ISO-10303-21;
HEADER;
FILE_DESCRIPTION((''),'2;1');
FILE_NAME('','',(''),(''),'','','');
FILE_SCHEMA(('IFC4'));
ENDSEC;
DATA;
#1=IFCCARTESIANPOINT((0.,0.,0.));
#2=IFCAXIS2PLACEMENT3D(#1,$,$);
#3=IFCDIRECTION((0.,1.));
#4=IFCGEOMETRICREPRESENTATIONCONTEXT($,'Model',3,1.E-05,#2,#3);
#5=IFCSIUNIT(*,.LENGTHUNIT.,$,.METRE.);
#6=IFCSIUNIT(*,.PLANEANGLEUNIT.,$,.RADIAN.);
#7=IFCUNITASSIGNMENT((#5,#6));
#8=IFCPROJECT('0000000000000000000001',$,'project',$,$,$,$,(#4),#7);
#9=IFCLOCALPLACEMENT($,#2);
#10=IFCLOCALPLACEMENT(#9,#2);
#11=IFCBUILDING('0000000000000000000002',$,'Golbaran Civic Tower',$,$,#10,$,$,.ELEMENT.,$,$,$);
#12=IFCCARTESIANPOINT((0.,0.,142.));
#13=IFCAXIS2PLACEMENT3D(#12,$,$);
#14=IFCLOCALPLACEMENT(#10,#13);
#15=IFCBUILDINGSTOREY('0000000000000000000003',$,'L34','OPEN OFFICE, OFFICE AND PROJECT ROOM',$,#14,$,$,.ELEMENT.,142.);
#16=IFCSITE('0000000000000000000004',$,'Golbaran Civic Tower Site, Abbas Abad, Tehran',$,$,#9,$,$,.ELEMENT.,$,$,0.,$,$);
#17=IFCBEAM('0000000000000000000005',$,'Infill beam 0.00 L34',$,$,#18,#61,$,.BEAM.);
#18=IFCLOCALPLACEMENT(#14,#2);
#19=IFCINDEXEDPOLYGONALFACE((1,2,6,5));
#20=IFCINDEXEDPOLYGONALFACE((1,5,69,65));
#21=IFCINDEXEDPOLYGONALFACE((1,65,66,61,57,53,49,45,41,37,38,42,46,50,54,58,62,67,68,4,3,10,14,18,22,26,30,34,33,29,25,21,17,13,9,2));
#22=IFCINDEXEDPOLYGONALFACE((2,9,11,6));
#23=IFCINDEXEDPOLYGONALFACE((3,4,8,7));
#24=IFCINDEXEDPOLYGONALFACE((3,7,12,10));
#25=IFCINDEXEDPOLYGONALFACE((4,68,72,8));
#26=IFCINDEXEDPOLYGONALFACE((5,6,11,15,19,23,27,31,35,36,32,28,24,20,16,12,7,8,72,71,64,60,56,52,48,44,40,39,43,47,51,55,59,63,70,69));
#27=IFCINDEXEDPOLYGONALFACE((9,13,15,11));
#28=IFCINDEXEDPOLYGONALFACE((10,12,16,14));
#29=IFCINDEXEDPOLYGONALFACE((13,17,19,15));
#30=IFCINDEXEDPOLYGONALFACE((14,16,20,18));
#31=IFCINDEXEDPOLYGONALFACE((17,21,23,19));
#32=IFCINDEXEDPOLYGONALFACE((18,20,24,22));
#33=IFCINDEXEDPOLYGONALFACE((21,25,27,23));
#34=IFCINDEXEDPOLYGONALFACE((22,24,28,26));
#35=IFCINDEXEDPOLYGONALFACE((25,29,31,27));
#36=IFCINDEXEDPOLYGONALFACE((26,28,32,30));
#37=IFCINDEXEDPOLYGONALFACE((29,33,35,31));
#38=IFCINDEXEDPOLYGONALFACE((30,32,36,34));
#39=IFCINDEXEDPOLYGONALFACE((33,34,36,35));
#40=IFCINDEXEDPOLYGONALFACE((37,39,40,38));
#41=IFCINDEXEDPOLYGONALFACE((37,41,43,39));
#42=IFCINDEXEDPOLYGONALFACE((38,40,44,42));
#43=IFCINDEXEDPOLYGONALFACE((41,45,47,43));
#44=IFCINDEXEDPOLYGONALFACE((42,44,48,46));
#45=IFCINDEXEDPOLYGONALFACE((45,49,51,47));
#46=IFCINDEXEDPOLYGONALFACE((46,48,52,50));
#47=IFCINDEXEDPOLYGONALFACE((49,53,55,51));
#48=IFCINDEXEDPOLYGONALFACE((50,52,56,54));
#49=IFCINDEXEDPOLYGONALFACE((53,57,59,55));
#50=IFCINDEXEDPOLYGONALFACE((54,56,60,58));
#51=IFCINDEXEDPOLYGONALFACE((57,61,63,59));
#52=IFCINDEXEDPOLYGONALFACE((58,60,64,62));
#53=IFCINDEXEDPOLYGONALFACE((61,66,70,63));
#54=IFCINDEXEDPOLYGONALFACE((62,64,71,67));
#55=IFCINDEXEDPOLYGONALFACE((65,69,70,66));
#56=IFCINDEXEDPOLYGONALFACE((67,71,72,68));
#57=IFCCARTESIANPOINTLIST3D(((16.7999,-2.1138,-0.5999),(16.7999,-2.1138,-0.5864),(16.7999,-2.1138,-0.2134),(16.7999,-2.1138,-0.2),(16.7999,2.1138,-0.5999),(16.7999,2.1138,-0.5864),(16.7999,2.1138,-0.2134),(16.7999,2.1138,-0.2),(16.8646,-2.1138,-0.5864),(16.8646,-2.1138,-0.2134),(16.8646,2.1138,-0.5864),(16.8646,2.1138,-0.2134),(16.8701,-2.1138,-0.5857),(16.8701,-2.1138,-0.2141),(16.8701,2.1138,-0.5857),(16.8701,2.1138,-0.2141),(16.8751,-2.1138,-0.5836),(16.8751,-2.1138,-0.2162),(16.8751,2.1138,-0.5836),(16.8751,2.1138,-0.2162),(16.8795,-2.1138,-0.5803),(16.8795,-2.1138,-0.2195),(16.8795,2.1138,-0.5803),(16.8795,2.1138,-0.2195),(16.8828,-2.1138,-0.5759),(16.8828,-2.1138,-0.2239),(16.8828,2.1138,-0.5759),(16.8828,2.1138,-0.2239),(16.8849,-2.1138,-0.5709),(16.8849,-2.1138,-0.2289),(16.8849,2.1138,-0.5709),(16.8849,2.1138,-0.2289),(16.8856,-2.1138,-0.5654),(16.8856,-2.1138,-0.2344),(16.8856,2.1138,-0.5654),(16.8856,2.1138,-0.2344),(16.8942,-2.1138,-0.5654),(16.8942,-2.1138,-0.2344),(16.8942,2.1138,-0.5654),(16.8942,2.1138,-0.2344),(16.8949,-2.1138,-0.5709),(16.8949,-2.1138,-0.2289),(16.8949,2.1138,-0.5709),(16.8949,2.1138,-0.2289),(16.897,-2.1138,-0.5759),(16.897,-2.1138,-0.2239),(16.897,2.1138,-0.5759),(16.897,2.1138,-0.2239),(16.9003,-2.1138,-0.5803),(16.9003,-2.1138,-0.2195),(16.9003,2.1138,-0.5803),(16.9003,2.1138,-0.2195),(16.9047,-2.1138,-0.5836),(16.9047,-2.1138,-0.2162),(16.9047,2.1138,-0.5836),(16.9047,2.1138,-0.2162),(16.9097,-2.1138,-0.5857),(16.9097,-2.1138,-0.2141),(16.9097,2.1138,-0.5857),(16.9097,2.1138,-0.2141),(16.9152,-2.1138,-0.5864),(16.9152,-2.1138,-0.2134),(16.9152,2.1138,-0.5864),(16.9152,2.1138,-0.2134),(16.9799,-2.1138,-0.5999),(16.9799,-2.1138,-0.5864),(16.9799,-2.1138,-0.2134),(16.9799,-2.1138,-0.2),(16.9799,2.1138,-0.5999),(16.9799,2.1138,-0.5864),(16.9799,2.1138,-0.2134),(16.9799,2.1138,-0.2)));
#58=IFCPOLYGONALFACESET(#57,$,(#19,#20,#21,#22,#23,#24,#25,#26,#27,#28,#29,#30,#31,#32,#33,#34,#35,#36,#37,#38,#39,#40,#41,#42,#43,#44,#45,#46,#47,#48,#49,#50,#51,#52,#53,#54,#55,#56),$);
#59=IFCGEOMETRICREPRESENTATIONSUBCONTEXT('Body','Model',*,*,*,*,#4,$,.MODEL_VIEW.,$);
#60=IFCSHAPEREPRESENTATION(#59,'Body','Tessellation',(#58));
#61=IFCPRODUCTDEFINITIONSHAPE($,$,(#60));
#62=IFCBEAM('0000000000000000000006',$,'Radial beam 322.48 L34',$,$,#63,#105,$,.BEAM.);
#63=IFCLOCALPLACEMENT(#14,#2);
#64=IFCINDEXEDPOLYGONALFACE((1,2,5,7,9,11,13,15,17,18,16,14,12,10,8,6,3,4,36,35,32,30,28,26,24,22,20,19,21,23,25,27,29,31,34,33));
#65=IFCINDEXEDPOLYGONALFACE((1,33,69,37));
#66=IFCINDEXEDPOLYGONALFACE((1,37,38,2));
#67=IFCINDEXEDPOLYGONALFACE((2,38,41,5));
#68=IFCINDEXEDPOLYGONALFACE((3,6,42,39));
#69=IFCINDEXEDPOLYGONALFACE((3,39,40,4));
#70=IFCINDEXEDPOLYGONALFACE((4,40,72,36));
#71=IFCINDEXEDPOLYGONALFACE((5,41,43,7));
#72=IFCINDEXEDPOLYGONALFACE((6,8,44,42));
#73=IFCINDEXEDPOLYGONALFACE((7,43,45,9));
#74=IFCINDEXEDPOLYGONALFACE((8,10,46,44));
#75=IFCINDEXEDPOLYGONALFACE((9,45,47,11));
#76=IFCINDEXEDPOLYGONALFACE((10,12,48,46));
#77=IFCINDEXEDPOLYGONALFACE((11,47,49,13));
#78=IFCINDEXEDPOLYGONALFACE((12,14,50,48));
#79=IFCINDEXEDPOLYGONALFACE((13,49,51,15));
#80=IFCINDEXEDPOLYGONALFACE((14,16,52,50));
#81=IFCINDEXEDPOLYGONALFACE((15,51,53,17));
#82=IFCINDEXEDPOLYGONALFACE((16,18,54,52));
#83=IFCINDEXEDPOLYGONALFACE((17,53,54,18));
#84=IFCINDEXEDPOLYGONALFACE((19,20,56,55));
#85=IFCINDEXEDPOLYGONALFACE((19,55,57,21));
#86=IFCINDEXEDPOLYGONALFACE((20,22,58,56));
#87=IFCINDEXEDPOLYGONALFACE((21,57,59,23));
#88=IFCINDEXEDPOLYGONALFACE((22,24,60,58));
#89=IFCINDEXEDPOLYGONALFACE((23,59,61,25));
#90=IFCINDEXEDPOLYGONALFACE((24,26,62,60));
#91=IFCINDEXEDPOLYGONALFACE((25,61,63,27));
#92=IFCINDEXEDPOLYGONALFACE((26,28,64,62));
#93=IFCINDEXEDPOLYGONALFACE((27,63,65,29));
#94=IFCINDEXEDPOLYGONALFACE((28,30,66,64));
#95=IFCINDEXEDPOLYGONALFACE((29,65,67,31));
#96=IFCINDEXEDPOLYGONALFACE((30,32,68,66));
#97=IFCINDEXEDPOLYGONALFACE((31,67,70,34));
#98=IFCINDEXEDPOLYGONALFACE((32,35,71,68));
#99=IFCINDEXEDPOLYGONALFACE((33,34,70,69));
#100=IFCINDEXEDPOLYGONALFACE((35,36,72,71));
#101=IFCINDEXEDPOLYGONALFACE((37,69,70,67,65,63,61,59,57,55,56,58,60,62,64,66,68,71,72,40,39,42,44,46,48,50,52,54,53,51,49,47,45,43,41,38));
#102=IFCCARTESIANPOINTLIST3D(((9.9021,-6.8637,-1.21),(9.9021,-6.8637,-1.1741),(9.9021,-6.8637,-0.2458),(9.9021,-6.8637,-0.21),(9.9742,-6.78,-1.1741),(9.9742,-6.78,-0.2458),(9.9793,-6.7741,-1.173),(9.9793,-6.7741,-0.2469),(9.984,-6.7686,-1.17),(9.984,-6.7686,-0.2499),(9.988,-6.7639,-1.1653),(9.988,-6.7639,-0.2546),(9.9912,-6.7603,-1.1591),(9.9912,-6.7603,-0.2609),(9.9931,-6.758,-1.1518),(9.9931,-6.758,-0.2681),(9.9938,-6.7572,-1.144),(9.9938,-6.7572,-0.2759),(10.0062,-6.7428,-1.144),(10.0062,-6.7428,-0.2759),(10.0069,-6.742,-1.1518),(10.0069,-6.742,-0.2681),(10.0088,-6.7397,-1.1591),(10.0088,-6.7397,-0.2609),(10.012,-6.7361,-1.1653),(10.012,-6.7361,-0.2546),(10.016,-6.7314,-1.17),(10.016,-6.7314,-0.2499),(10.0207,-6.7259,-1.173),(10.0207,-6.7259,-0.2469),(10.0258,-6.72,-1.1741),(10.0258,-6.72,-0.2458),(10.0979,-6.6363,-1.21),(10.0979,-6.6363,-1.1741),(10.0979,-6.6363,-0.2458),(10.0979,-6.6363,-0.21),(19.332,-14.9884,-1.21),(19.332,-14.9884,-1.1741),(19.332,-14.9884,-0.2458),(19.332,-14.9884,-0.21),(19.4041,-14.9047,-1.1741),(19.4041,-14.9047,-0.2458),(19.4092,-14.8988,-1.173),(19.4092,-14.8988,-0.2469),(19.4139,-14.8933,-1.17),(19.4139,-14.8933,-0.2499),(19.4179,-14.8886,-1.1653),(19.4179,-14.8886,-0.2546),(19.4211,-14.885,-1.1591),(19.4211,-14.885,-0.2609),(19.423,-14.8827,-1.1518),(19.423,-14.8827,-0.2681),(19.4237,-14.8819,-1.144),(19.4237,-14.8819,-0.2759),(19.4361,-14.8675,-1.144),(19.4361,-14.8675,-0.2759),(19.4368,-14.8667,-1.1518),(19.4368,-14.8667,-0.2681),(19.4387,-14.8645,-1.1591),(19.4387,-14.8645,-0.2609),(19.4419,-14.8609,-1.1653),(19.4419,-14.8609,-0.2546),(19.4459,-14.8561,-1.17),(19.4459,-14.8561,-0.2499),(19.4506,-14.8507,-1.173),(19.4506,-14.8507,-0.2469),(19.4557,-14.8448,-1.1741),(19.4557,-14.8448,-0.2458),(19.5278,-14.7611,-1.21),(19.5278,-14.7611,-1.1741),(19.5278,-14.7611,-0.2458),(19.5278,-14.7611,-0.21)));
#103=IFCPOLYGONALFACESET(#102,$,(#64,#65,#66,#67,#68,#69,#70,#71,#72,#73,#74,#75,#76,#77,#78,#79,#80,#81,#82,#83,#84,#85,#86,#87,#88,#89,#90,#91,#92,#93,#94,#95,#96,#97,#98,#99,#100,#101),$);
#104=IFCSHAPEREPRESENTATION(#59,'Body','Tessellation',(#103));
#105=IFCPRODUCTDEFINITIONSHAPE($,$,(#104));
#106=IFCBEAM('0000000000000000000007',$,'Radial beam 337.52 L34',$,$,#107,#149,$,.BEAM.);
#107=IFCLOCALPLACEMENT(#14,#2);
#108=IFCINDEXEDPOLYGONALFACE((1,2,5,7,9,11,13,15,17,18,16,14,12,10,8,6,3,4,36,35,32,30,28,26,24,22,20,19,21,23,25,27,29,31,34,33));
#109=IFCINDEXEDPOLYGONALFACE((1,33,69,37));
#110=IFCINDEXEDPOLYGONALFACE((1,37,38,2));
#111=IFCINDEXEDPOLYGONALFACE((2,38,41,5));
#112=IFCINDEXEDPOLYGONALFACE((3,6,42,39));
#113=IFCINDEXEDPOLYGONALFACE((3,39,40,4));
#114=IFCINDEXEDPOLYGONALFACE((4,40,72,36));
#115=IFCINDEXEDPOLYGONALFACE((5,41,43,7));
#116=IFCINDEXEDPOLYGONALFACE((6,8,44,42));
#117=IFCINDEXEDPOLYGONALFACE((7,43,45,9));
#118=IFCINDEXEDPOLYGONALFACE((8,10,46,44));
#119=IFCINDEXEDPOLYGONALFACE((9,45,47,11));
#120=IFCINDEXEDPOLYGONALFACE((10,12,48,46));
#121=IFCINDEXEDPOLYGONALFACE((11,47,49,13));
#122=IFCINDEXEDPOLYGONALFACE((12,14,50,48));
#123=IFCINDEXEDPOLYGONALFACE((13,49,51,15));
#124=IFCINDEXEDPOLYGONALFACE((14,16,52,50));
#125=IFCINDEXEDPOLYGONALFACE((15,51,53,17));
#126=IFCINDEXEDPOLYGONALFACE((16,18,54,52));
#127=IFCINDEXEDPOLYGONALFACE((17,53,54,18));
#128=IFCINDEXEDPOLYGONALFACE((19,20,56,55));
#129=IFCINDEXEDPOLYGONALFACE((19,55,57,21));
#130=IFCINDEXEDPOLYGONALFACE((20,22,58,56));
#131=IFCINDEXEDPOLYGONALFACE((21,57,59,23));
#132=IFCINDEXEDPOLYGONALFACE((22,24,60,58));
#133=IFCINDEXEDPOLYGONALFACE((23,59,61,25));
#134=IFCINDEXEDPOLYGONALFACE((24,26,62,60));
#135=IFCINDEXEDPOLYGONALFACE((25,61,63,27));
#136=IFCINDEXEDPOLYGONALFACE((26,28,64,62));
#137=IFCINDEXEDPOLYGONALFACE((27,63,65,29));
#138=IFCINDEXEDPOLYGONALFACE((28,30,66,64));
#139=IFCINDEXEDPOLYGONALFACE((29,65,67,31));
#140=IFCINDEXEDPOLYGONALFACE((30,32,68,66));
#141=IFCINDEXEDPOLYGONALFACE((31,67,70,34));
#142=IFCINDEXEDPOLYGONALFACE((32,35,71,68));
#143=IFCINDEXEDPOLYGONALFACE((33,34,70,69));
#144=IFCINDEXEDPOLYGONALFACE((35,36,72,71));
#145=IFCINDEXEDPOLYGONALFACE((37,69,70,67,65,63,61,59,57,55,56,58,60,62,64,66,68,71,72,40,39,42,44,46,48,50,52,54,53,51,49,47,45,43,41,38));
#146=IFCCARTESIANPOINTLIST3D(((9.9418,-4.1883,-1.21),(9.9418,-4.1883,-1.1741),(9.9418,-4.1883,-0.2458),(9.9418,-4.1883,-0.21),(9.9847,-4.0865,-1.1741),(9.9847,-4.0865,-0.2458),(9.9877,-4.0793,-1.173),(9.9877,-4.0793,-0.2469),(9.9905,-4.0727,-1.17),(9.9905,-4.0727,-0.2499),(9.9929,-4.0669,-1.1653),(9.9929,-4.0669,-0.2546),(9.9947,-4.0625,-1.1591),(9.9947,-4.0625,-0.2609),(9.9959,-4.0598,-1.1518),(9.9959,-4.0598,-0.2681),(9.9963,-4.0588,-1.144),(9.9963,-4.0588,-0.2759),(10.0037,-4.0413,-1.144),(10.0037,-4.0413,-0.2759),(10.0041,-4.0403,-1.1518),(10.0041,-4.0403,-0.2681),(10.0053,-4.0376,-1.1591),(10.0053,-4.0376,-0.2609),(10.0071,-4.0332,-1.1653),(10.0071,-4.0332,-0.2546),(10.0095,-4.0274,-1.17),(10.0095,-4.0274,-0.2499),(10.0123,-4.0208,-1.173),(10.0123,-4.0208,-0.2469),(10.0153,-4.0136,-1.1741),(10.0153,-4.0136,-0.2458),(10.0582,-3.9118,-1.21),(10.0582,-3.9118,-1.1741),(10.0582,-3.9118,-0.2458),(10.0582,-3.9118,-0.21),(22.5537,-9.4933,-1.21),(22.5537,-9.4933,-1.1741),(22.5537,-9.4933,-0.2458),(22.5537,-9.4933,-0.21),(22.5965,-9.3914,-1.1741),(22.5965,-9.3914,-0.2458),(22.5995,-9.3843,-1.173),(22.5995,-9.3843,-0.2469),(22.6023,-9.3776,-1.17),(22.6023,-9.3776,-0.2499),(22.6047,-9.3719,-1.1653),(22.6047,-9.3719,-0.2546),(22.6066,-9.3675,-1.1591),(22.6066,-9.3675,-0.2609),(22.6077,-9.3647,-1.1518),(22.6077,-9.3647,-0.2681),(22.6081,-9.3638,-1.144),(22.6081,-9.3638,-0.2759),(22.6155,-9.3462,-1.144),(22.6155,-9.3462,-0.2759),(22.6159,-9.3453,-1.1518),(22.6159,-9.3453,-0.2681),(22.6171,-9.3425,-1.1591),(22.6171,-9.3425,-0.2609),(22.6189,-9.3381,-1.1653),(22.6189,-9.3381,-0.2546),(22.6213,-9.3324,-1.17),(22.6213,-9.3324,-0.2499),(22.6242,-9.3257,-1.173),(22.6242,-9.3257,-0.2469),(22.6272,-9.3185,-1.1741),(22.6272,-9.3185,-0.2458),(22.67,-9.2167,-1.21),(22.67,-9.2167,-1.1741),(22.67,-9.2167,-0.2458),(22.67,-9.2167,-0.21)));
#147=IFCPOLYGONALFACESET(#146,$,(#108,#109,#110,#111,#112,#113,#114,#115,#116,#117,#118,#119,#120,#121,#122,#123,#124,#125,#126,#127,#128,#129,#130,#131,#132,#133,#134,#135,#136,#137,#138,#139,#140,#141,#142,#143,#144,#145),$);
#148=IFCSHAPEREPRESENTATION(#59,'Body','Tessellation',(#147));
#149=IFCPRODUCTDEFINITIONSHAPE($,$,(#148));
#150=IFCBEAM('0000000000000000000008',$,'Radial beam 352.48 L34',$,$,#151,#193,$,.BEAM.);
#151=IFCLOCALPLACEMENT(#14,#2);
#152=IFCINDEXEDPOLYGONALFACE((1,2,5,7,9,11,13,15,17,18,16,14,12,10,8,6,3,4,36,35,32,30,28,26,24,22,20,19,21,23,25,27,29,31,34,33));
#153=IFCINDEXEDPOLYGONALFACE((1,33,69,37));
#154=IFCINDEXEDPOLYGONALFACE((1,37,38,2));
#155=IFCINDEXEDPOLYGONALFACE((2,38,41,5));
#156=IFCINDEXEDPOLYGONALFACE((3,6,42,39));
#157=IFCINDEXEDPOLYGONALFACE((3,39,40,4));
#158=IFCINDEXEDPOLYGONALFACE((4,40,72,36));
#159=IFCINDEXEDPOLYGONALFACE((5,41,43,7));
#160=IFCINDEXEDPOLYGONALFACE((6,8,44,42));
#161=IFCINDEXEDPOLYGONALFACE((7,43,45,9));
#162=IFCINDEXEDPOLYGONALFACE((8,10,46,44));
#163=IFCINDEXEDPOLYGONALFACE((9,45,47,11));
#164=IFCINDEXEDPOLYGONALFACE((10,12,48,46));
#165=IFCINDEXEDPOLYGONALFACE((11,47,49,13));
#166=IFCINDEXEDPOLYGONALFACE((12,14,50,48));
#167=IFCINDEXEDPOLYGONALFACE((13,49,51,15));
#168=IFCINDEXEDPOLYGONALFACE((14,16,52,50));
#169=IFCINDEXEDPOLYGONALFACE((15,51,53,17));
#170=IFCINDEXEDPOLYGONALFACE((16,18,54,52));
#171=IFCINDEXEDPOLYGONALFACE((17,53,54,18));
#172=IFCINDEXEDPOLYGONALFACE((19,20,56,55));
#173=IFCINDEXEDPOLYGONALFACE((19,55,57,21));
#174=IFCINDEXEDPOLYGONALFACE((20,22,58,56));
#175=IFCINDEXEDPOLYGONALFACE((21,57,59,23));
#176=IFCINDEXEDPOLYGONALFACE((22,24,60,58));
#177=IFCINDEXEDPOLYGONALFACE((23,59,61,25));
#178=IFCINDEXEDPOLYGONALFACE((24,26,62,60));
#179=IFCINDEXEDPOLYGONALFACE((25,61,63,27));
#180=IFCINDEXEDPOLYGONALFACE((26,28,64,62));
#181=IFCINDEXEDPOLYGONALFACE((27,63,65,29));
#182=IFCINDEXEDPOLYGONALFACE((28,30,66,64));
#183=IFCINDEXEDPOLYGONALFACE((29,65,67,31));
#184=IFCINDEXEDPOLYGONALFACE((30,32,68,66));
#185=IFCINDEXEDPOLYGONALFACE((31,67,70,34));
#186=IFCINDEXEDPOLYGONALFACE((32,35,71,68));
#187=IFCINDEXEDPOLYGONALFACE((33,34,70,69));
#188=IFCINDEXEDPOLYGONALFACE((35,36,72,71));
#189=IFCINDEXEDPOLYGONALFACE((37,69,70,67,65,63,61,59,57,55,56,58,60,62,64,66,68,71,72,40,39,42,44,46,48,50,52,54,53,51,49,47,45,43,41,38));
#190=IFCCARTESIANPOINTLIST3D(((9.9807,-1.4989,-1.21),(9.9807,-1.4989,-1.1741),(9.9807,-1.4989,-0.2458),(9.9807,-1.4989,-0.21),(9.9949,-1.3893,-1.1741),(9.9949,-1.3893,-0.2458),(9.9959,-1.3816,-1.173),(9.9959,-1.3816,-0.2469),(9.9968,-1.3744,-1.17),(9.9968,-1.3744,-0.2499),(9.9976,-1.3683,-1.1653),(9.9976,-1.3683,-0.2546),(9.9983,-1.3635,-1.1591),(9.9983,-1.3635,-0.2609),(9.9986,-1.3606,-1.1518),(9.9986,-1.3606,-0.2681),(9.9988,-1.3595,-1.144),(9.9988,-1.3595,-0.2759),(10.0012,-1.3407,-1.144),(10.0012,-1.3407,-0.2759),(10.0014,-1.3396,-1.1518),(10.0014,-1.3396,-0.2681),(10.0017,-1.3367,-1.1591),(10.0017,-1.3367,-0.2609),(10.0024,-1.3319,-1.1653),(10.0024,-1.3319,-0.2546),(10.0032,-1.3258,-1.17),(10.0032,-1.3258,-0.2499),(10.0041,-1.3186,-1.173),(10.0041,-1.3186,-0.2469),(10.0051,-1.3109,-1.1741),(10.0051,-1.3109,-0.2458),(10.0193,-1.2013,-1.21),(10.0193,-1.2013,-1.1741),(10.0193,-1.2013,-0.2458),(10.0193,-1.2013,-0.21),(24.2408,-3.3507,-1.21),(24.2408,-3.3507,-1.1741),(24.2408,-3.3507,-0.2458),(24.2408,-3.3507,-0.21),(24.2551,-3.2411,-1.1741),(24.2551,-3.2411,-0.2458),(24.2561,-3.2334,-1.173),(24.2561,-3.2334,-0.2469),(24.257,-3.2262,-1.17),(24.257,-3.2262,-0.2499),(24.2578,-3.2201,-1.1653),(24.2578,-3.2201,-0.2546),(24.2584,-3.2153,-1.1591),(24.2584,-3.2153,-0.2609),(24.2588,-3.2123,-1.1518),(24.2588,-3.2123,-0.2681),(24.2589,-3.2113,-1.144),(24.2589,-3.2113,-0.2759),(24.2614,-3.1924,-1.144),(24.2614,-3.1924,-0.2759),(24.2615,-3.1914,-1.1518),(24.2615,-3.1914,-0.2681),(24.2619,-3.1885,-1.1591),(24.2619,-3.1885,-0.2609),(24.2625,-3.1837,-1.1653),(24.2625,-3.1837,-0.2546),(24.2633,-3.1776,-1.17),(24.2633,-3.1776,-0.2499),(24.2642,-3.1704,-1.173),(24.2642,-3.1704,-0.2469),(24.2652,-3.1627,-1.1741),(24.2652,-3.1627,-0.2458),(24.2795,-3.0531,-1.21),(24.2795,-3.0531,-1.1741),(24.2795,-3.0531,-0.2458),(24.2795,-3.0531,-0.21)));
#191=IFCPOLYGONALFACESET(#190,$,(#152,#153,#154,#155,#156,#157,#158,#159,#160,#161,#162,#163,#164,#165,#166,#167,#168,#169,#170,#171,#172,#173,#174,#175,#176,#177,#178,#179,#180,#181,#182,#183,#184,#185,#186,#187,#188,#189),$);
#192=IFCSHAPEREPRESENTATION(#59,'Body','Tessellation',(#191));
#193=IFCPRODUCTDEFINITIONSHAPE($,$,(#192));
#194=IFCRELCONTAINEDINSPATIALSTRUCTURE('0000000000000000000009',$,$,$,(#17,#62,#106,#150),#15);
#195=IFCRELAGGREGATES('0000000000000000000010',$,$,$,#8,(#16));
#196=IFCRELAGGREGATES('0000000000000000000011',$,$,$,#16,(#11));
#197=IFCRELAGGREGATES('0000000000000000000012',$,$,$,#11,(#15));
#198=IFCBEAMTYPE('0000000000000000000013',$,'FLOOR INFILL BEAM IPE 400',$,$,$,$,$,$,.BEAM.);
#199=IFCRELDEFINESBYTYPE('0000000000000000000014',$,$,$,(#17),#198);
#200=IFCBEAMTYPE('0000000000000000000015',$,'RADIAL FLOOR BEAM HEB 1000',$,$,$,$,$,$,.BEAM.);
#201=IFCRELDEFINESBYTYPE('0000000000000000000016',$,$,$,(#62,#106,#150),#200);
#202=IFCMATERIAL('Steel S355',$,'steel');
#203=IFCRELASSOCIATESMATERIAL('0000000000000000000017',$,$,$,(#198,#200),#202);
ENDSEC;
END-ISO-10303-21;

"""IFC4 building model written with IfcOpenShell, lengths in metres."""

from ifc_helpers import new_model, si_unit, direction, frame, origin, origin_2d, place, context, subcontext, project, spatial, i_section, extrude, material, material_profile, profile_set, type_object, element, save


model = new_model("IFC4")

# Units and contexts
model_context = context("Model", 3, precision=1e-05, world=origin(), true_north=direction((0.0, 1.0)))
body_context = subcontext(model_context, "Body", "Model", "MODEL_VIEW")
ifc_project = project(units=[si_unit("LENGTHUNIT", "METRE"), si_unit("PLANEANGLEUNIT", "RADIAN")], contexts=[model_context])

# Site, building, storey
site_placement = place(None, origin())
site = spatial("IfcSite", under=ifc_project, at=site_placement, Name="Golbaran Civic Tower Site, Abbas Abad, Tehran", CompositionType="ELEMENT", RefElevation=0.0)
building_placement = place(site_placement, origin())
building = spatial("IfcBuilding", under=site, at=building_placement, Name="Golbaran Civic Tower", CompositionType="ELEMENT")
storey_placement = place(building_placement, frame((0.0, 0.0, 142.0)))
storey = spatial("IfcBuildingStorey", under=building, at=storey_placement, Name="L34", Description="OPEN OFFICE, OFFICE AND PROJECT ROOM", CompositionType="ELEMENT", Elevation=142.0)

# Beams
ifc_material_1 = material(Name="Steel S355", Category="steel")
ifc_material_profile_1 = material_profile(ifc_material_1, i_section(OverallWidth=0.1799, OverallDepth=0.3999, WebThickness=0.0085, FlangeThickness=0.0134, FilletRadius=0.021, at=origin_2d()), Name="IPE 400")
ifc_profile_set_1 = profile_set([ifc_material_profile_1], Name="Steel S355")
beam_type_1 = type_object("IfcBeamType", Name="FLOOR INFILL BEAM IPE 400", PredefinedType="BEAM", material=ifc_profile_set_1)
beam_1_placement = place(storey_placement, frame((16.8899, -2.1138, -0.3999), z_axis=(0.0, 1.0, 0.0), x_axis=(-1.0, 0.0, 0.0)))
element("IfcBeam", 1, at=beam_1_placement, inside=storey, type_object=beam_type_1, Name="Infill beam 0.00 L34", PredefinedType="BEAM", context=body_context, shape_type="SweptSolid", body=[
    extrude(i_section(OverallWidth=0.1799, OverallDepth=0.3999, WebThickness=0.0085, FlangeThickness=0.0134, FilletRadius=0.021, at=origin_2d()), origin(), (0.0, 0.0, 1.0), 4.2275),
])
ifc_material_profile_2 = material_profile(ifc_material_1, i_section(OverallWidth=0.3, OverallDepth=1.0, WebThickness=0.019, FlangeThickness=0.0359, FilletRadius=0.03, at=origin_2d()), Name="HEB 1000")
ifc_profile_set_2 = profile_set([ifc_material_profile_2], Name="Steel S355")
beam_type_2 = type_object("IfcBeamType", Name="RADIAL FLOOR BEAM HEB 1000", PredefinedType="BEAM", material=ifc_profile_set_2)
beam_2_placement = place(storey_placement, frame((10.0, -6.75, -0.71), z_axis=(0.757589, -0.652732, 0.0), x_axis=(0.652732, 0.757589, 0.0)))
element("IfcBeam", 2, at=beam_2_placement, inside=storey, type_object=beam_type_2, Name="Radial beam 322.48 L34", PredefinedType="BEAM", context=body_context, shape_type="SweptSolid", body=[
    extrude(i_section(OverallWidth=0.3, OverallDepth=1.0, WebThickness=0.019, FlangeThickness=0.0359, FilletRadius=0.03, at=origin_2d()), origin(), (0.0, 0.0, 1.0), 12.4473),
])
beam_3_placement = place(storey_placement, frame((10.0, -4.05, -0.71), z_axis=(0.921774, -0.387728, 0.0), x_axis=(0.387728, 0.921774, 0.0)))
element("IfcBeam", 3, at=beam_3_placement, inside=storey, type_object=beam_type_2, Name="Radial beam 337.52 L34", PredefinedType="BEAM", context=body_context, shape_type="SweptSolid", body=[
    extrude(i_section(OverallWidth=0.3, OverallDepth=1.0, WebThickness=0.019, FlangeThickness=0.0359, FilletRadius=0.03, at=origin_2d()), origin(), (0.0, 0.0, 1.0), 13.6821),
])
beam_4_placement = place(storey_placement, frame((10.0, -1.3501, -0.71), z_axis=(0.991674, -0.128777, 0.0), x_axis=(0.128777, 0.991674, 0.0)))
element("IfcBeam", 4, at=beam_4_placement, inside=storey, type_object=beam_type_2, Name="Radial beam 352.48 L34", PredefinedType="BEAM", context=body_context, shape_type="SweptSolid", body=[
    extrude(i_section(OverallWidth=0.3, OverallDepth=1.0, WebThickness=0.019, FlangeThickness=0.0359, FilletRadius=0.03, at=origin_2d()), origin(), (0.0, 0.0, 1.0), 14.3799),
])

save(model, "model.ifc")
